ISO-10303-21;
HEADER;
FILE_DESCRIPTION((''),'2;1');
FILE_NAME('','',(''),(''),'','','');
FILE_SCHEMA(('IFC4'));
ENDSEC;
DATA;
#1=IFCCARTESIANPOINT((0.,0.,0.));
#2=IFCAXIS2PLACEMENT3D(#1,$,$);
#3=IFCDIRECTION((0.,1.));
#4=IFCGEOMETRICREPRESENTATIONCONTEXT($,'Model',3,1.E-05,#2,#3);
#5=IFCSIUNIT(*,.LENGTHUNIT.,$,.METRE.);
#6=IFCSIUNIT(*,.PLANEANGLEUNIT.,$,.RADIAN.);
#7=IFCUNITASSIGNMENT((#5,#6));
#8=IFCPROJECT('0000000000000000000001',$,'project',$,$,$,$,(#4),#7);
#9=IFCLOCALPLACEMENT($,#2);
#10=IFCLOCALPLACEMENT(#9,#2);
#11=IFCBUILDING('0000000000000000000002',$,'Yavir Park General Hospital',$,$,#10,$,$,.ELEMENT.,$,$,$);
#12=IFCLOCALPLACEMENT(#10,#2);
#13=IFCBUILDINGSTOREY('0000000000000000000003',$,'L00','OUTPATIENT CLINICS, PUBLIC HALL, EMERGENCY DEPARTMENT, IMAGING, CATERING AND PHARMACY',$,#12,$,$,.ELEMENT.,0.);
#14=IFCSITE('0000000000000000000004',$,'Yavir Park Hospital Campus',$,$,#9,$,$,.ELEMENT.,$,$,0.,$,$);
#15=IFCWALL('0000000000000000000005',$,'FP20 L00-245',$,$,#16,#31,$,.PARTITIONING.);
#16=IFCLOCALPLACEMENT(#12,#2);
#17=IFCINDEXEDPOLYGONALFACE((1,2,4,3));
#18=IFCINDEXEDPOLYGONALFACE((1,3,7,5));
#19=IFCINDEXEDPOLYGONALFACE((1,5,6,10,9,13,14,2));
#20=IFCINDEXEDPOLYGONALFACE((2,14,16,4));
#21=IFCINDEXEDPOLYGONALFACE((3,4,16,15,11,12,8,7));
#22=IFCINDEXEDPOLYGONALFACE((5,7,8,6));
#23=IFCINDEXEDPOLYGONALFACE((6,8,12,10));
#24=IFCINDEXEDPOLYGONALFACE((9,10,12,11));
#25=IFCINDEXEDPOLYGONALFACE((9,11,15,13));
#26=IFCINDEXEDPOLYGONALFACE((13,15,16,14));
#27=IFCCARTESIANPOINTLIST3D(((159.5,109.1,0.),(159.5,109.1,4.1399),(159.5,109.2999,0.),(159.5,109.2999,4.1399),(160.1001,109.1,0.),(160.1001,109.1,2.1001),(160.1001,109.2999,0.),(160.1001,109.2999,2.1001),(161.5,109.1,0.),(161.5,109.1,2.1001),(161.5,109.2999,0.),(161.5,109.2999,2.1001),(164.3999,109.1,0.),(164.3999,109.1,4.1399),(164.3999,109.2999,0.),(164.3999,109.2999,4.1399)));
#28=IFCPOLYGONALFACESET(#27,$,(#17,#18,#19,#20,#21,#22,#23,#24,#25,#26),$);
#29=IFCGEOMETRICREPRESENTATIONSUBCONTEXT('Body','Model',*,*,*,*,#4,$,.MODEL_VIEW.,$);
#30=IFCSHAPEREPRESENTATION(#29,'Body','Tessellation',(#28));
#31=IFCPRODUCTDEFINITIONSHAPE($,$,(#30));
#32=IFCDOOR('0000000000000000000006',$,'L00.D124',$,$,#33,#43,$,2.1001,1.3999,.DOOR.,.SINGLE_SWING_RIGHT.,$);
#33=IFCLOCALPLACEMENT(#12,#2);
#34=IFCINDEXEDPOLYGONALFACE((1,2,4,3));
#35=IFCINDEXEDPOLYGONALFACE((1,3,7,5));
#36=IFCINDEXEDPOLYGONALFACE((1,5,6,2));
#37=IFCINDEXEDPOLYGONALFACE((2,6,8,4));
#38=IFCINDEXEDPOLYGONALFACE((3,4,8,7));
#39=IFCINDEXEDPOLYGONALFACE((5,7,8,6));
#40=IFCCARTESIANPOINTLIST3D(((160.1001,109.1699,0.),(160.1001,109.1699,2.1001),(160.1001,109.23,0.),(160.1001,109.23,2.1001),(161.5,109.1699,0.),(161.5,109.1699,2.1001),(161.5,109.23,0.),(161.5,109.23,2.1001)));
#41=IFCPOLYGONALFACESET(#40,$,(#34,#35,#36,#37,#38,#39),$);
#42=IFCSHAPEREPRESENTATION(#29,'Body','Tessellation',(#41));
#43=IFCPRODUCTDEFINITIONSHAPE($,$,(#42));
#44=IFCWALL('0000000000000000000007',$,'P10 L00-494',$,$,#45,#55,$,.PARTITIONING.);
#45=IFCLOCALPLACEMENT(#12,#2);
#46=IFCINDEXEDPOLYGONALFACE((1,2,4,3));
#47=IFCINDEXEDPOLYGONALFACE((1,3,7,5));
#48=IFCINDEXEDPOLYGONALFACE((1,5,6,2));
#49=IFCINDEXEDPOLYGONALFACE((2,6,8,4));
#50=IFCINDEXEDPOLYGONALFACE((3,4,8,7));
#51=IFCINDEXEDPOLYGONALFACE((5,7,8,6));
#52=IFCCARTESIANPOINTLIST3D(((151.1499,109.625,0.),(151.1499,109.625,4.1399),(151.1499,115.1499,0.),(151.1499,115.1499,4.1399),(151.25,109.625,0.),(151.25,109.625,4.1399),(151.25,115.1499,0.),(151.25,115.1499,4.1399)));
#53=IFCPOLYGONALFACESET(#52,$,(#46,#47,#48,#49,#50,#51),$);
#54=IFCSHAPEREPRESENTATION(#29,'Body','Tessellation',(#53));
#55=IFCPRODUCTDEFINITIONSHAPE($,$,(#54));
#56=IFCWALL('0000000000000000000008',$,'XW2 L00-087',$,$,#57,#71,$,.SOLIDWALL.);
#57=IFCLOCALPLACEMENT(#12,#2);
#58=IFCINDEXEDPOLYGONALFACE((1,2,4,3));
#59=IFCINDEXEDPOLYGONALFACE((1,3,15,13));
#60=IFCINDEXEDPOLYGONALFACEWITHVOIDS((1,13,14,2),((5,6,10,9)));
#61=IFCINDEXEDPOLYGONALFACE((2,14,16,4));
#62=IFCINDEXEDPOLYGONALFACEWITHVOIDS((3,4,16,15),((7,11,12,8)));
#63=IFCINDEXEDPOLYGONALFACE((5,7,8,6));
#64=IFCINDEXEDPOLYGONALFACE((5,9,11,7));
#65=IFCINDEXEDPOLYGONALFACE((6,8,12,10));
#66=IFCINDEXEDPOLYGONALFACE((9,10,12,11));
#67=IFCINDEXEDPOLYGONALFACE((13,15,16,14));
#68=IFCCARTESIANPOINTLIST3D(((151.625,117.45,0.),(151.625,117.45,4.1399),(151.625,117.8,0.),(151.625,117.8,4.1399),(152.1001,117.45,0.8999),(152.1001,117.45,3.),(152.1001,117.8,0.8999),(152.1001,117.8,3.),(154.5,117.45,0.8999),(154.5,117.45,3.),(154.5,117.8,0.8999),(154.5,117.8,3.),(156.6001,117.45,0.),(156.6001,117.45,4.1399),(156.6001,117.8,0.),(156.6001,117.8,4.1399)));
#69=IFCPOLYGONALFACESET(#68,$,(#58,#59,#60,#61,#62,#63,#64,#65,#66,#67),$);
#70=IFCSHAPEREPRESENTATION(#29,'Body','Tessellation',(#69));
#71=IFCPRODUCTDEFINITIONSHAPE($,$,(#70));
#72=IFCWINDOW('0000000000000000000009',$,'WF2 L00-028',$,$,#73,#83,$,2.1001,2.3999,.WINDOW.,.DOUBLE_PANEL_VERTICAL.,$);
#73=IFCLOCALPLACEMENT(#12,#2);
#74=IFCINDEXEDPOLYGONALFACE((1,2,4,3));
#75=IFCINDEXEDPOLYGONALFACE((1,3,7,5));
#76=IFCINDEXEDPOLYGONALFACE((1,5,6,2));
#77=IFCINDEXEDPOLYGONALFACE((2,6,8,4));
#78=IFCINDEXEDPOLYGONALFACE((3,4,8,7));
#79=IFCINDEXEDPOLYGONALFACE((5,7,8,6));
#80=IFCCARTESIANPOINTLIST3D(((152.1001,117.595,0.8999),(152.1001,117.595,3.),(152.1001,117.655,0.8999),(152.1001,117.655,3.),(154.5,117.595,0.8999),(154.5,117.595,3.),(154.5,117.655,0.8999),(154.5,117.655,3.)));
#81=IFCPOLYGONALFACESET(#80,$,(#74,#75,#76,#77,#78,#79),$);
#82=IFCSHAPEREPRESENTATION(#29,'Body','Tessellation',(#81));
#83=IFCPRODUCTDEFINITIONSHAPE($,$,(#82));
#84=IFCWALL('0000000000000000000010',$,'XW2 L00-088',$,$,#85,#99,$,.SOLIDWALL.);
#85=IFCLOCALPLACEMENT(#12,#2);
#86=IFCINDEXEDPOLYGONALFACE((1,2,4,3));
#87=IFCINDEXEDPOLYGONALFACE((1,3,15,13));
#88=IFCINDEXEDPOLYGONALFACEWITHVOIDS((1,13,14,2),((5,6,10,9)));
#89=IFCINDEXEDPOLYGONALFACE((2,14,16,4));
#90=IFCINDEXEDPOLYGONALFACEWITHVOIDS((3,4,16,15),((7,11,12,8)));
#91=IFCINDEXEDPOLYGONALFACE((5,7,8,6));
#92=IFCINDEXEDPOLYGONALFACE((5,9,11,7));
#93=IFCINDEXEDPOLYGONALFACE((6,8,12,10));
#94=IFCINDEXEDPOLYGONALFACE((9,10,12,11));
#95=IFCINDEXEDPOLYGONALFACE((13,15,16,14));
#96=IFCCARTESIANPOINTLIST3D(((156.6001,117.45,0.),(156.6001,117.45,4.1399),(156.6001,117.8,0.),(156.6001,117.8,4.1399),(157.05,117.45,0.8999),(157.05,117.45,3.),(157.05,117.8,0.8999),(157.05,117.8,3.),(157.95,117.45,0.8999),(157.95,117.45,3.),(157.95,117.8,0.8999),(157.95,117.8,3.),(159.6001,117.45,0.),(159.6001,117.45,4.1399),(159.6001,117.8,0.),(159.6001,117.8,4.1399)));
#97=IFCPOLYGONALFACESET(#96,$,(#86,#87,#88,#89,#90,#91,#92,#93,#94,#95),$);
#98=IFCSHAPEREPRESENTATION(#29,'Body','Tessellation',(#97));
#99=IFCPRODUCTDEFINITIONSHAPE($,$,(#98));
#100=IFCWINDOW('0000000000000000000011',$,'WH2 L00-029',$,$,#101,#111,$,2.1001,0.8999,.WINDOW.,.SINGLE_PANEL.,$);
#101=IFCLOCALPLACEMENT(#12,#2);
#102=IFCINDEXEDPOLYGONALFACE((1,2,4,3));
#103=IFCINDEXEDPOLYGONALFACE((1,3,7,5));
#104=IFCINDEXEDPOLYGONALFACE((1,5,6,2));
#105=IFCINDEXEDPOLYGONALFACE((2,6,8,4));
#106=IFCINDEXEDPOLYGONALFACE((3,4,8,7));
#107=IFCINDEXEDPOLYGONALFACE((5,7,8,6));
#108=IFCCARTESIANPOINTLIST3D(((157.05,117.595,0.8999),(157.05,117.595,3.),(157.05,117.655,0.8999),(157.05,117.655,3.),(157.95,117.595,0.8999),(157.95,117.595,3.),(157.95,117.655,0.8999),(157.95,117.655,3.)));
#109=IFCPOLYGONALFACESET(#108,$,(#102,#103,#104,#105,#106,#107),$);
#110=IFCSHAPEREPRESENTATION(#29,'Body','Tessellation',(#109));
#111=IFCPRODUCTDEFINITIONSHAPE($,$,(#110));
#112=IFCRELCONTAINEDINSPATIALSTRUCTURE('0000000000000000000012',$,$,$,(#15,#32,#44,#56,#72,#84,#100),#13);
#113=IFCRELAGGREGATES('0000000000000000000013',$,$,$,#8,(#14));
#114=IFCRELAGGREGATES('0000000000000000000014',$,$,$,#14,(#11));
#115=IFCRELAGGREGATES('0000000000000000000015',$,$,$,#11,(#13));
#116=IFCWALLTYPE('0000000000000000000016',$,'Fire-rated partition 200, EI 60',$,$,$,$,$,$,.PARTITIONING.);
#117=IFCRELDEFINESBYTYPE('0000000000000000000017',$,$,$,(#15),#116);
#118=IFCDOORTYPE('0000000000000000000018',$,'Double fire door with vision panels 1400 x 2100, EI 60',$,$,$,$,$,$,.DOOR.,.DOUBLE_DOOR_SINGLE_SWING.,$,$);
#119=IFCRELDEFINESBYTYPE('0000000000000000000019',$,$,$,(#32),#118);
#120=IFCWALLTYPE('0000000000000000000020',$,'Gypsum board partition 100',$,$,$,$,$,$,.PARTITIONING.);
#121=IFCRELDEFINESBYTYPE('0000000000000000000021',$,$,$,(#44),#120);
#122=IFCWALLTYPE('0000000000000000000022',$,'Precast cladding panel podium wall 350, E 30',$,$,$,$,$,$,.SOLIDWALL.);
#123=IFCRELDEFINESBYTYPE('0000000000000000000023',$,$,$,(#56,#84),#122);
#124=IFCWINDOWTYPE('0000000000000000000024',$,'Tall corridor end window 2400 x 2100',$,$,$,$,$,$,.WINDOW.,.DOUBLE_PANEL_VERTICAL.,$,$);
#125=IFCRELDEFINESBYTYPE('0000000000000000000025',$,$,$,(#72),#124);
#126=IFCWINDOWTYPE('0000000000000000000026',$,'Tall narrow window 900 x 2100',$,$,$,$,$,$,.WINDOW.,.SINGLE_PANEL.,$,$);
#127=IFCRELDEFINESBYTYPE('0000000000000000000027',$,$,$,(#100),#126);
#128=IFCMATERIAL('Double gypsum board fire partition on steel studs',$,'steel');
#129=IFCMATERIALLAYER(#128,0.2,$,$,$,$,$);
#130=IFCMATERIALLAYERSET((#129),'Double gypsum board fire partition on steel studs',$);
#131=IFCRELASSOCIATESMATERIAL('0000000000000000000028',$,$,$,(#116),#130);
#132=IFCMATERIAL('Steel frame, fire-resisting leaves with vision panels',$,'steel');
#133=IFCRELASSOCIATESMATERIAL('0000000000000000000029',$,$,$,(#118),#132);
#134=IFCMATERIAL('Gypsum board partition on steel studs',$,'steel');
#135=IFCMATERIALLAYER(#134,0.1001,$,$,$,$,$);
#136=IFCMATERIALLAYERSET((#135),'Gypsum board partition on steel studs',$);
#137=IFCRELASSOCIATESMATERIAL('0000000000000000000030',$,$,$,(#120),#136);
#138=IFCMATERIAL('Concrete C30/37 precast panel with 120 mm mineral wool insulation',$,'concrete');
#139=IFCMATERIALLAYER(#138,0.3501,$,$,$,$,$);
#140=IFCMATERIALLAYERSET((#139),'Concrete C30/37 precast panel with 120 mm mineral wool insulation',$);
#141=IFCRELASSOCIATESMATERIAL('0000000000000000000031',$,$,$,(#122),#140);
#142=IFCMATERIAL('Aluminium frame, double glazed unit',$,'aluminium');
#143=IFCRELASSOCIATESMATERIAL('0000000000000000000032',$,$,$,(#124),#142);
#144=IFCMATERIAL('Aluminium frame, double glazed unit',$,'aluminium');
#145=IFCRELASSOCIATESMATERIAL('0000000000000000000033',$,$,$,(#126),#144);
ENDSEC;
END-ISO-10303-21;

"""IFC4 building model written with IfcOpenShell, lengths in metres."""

from ifc_helpers import new_model, si_unit, direction, frame, frame_2d, origin, place, context, subcontext, project, spatial, rectangle, extrude, material, layer, layer_set, type_object, element, fill, save


model = new_model("IFC4")

# Units and contexts
model_context = context("Model", 3, precision=1e-05, world=origin(), true_north=direction((0.0, 1.0)))
body_context = subcontext(model_context, "Body", "Model", "MODEL_VIEW")
ifc_project = project(units=[si_unit("LENGTHUNIT", "METRE"), si_unit("PLANEANGLEUNIT", "RADIAN")], contexts=[model_context])

# Site, building, storey
site_placement = place(None, origin())
site = spatial("IfcSite", under=ifc_project, at=site_placement, Name="Yavir Park Hospital Campus", CompositionType="ELEMENT", RefElevation=0.0)
building_placement = place(site_placement, origin())
building = spatial("IfcBuilding", under=site, at=building_placement, Name="Yavir Park General Hospital", CompositionType="ELEMENT")
storey_placement = place(building_placement, origin())
storey = spatial("IfcBuildingStorey", under=building, at=storey_placement, Name="L00", Description="OUTPATIENT CLINICS, PUBLIC HALL, EMERGENCY DEPARTMENT, IMAGING, CATERING AND PHARMACY", CompositionType="ELEMENT", Elevation=0.0)

# Wall, opening, door
ifc_material_1 = material(Name="Double gypsum board fire partition on steel studs", Category="steel")
ifc_layer_1 = layer(ifc_material_1, 0.2)
ifc_layer_set_1 = layer_set([ifc_layer_1], Name="Double gypsum board fire partition on steel studs")
wall_type_1 = type_object("IfcWallType", Name="Fire-rated partition 200, EI 60", PredefinedType="PARTITIONING", material=ifc_layer_set_1)
wall_1_placement = place(storey_placement, frame((159.5, 109.2, 0.0), z_axis=(0.0, 0.0, 1.0), x_axis=(1.0, 0.0, 0.0)))
wall_1 = element("IfcWall", 1, at=wall_1_placement, inside=storey, type_object=wall_type_1, Name="FP20 L00-245", PredefinedType="PARTITIONING", context=body_context, shape_type="SweptSolid", body=[
    extrude(rectangle(XDim=4.8999, YDim=0.2, at=frame_2d((2.45, 0.0))), origin(), (0.0, 0.0, 1.0), 4.1399),
])
opening_1_placement = place(wall_1_placement, frame((0.6001, 0.0, 0.0)))
opening_1 = element("IfcOpeningElement", 2, at=opening_1_placement, cuts=wall_1, PredefinedType="OPENING", context=body_context, shape_type="SweptSolid", body=[
    extrude(rectangle(XDim=1.3999, YDim=2.1001, at=frame_2d((0.7, 1.05))), frame((0.0, 0.1099, 0.0), z_axis=(0.0, -1.0, 0.0), x_axis=(1.0, 0.0, 0.0)), (0.0, 0.0, 1.0), 0.22),
])
ifc_material_2 = material(Name="Steel frame, fire-resisting leaves with vision panels", Category="steel")
door_type = type_object("IfcDoorType", Name="Double fire door with vision panels 1400 x 2100, EI 60", OperationType="DOUBLE_DOOR_SINGLE_SWING", PredefinedType="DOOR", material=ifc_material_2)
door_placement = place(opening_1_placement, origin())
door = element("IfcDoor", 3, at=door_placement, inside=storey, type_object=door_type, Name="L00.D124", OperationType="SINGLE_SWING_RIGHT", OverallHeight=2.1001, OverallWidth=1.3999, PredefinedType="DOOR", context=body_context, shape_type="SweptSolid", body=[
    extrude(rectangle(XDim=1.3999, YDim=2.1001, at=frame_2d((0.7, 1.05))), frame((0.0, 0.03, 0.0), z_axis=(0.0, -1.0, 0.0), x_axis=(1.0, 0.0, 0.0)), (0.0, 0.0, 1.0), 0.0601),
])
fill(opening_1, door)

# Wall
ifc_material_3 = material(Name="Gypsum board partition on steel studs", Category="steel")
ifc_layer_2 = layer(ifc_material_3, 0.1001)
ifc_layer_set_2 = layer_set([ifc_layer_2], Name="Gypsum board partition on steel studs")
wall_type_2 = type_object("IfcWallType", Name="Gypsum board partition 100", PredefinedType="PARTITIONING", material=ifc_layer_set_2)
wall_2_placement = place(storey_placement, frame((151.2, 109.625, 0.0), z_axis=(0.0, 0.0, 1.0), x_axis=(0.0, 1.0, 0.0)))
element("IfcWall", 4, at=wall_2_placement, inside=storey, type_object=wall_type_2, Name="P10 L00-494", PredefinedType="PARTITIONING", context=body_context, shape_type="SweptSolid", body=[
    extrude(rectangle(XDim=5.5249, YDim=0.1001, at=frame_2d((2.7625, 0.0))), origin(), (0.0, 0.0, 1.0), 4.1399),
])

# Walls, openings, windows
ifc_material_4 = material(Name="Concrete C30/37 precast panel with 120 mm mineral wool insulation", Category="concrete")
ifc_layer_3 = layer(ifc_material_4, 0.3501)
ifc_layer_set_3 = layer_set([ifc_layer_3], Name="Concrete C30/37 precast panel with 120 mm mineral wool insulation")
wall_type_3 = type_object("IfcWallType", Name="Precast cladding panel podium wall 350, E 30", PredefinedType="SOLIDWALL", material=ifc_layer_set_3)
wall_3_placement = place(storey_placement, frame((151.625, 117.625, 0.0), z_axis=(0.0, 0.0, 1.0), x_axis=(1.0, 0.0, 0.0)))
wall_3 = element("IfcWall", 5, at=wall_3_placement, inside=storey, type_object=wall_type_3, Name="XW2 L00-087", PredefinedType="SOLIDWALL", context=body_context, shape_type="SweptSolid", body=[
    extrude(rectangle(XDim=4.9751, YDim=0.3501, at=frame_2d((2.4875, 0.0))), origin(), (0.0, 0.0, 1.0), 4.1399),
])
opening_2_placement = place(wall_3_placement, frame((0.4751, 0.0, 0.8999)))
opening_2 = element("IfcOpeningElement", 6, at=opening_2_placement, cuts=wall_3, PredefinedType="OPENING", context=body_context, shape_type="SweptSolid", body=[
    extrude(rectangle(XDim=2.3999, YDim=2.1001, at=frame_2d((1.2, 1.05))), frame((0.0, 0.1851, 0.0), z_axis=(0.0, -1.0, 0.0), x_axis=(1.0, 0.0, 0.0)), (0.0, 0.0, 1.0), 0.3701),
])
ifc_material_5 = material(Name="Aluminium frame, double glazed unit", Category="aluminium")
window_type_1 = type_object("IfcWindowType", Name="Tall corridor end window 2400 x 2100", PartitioningType="DOUBLE_PANEL_VERTICAL", PredefinedType="WINDOW", material=ifc_material_5)
window_1_placement = place(opening_2_placement, origin())
window_1 = element("IfcWindow", 7, at=window_1_placement, inside=storey, type_object=window_type_1, Name="WF2 L00-028", OverallHeight=2.1001, OverallWidth=2.3999, PartitioningType="DOUBLE_PANEL_VERTICAL", PredefinedType="WINDOW", context=body_context, shape_type="SweptSolid", body=[
    extrude(rectangle(XDim=2.3999, YDim=2.1001, at=frame_2d((1.2, 1.05))), frame((0.0, 0.03, 0.0), z_axis=(0.0, -1.0, 0.0), x_axis=(1.0, 0.0, 0.0)), (0.0, 0.0, 1.0), 0.0601),
])
fill(opening_2, window_1)
wall_4_placement = place(storey_placement, frame((156.6001, 117.625, 0.0), z_axis=(0.0, 0.0, 1.0), x_axis=(1.0, 0.0, 0.0)))
wall_4 = element("IfcWall", 8, at=wall_4_placement, inside=storey, type_object=wall_type_3, Name="XW2 L00-088", PredefinedType="SOLIDWALL", context=body_context, shape_type="SweptSolid", body=[
    extrude(rectangle(XDim=3.0, YDim=0.3501, at=frame_2d((1.5, 0.0))), origin(), (0.0, 0.0, 1.0), 4.1399),
])
opening_3_placement = place(wall_4_placement, frame((0.45, 0.0, 0.8999)))
opening_3 = element("IfcOpeningElement", 9, at=opening_3_placement, cuts=wall_4, PredefinedType="OPENING", context=body_context, shape_type="SweptSolid", body=[
    extrude(rectangle(XDim=0.8999, YDim=2.1001, at=frame_2d((0.45, 1.05))), frame((0.0, 0.1851, 0.0), z_axis=(0.0, -1.0, 0.0), x_axis=(1.0, 0.0, 0.0)), (0.0, 0.0, 1.0), 0.3701),
])
ifc_material_6 = material(Name="Aluminium frame, double glazed unit", Category="aluminium")
window_type_2 = type_object("IfcWindowType", Name="Tall narrow window 900 x 2100", PartitioningType="SINGLE_PANEL", PredefinedType="WINDOW", material=ifc_material_6)
window_2_placement = place(opening_3_placement, origin())
window_2 = element("IfcWindow", 10, at=window_2_placement, inside=storey, type_object=window_type_2, Name="WH2 L00-029", OverallHeight=2.1001, OverallWidth=0.8999, PartitioningType="SINGLE_PANEL", PredefinedType="WINDOW", context=body_context, shape_type="SweptSolid", body=[
    extrude(rectangle(XDim=0.8999, YDim=2.1001, at=frame_2d((0.45, 1.05))), frame((0.0, 0.03, 0.0), z_axis=(0.0, -1.0, 0.0), x_axis=(1.0, 0.0, 0.0)), (0.0, 0.0, 1.0), 0.0601),
])
fill(opening_3, window_2)

save(model, "model.ifc")
